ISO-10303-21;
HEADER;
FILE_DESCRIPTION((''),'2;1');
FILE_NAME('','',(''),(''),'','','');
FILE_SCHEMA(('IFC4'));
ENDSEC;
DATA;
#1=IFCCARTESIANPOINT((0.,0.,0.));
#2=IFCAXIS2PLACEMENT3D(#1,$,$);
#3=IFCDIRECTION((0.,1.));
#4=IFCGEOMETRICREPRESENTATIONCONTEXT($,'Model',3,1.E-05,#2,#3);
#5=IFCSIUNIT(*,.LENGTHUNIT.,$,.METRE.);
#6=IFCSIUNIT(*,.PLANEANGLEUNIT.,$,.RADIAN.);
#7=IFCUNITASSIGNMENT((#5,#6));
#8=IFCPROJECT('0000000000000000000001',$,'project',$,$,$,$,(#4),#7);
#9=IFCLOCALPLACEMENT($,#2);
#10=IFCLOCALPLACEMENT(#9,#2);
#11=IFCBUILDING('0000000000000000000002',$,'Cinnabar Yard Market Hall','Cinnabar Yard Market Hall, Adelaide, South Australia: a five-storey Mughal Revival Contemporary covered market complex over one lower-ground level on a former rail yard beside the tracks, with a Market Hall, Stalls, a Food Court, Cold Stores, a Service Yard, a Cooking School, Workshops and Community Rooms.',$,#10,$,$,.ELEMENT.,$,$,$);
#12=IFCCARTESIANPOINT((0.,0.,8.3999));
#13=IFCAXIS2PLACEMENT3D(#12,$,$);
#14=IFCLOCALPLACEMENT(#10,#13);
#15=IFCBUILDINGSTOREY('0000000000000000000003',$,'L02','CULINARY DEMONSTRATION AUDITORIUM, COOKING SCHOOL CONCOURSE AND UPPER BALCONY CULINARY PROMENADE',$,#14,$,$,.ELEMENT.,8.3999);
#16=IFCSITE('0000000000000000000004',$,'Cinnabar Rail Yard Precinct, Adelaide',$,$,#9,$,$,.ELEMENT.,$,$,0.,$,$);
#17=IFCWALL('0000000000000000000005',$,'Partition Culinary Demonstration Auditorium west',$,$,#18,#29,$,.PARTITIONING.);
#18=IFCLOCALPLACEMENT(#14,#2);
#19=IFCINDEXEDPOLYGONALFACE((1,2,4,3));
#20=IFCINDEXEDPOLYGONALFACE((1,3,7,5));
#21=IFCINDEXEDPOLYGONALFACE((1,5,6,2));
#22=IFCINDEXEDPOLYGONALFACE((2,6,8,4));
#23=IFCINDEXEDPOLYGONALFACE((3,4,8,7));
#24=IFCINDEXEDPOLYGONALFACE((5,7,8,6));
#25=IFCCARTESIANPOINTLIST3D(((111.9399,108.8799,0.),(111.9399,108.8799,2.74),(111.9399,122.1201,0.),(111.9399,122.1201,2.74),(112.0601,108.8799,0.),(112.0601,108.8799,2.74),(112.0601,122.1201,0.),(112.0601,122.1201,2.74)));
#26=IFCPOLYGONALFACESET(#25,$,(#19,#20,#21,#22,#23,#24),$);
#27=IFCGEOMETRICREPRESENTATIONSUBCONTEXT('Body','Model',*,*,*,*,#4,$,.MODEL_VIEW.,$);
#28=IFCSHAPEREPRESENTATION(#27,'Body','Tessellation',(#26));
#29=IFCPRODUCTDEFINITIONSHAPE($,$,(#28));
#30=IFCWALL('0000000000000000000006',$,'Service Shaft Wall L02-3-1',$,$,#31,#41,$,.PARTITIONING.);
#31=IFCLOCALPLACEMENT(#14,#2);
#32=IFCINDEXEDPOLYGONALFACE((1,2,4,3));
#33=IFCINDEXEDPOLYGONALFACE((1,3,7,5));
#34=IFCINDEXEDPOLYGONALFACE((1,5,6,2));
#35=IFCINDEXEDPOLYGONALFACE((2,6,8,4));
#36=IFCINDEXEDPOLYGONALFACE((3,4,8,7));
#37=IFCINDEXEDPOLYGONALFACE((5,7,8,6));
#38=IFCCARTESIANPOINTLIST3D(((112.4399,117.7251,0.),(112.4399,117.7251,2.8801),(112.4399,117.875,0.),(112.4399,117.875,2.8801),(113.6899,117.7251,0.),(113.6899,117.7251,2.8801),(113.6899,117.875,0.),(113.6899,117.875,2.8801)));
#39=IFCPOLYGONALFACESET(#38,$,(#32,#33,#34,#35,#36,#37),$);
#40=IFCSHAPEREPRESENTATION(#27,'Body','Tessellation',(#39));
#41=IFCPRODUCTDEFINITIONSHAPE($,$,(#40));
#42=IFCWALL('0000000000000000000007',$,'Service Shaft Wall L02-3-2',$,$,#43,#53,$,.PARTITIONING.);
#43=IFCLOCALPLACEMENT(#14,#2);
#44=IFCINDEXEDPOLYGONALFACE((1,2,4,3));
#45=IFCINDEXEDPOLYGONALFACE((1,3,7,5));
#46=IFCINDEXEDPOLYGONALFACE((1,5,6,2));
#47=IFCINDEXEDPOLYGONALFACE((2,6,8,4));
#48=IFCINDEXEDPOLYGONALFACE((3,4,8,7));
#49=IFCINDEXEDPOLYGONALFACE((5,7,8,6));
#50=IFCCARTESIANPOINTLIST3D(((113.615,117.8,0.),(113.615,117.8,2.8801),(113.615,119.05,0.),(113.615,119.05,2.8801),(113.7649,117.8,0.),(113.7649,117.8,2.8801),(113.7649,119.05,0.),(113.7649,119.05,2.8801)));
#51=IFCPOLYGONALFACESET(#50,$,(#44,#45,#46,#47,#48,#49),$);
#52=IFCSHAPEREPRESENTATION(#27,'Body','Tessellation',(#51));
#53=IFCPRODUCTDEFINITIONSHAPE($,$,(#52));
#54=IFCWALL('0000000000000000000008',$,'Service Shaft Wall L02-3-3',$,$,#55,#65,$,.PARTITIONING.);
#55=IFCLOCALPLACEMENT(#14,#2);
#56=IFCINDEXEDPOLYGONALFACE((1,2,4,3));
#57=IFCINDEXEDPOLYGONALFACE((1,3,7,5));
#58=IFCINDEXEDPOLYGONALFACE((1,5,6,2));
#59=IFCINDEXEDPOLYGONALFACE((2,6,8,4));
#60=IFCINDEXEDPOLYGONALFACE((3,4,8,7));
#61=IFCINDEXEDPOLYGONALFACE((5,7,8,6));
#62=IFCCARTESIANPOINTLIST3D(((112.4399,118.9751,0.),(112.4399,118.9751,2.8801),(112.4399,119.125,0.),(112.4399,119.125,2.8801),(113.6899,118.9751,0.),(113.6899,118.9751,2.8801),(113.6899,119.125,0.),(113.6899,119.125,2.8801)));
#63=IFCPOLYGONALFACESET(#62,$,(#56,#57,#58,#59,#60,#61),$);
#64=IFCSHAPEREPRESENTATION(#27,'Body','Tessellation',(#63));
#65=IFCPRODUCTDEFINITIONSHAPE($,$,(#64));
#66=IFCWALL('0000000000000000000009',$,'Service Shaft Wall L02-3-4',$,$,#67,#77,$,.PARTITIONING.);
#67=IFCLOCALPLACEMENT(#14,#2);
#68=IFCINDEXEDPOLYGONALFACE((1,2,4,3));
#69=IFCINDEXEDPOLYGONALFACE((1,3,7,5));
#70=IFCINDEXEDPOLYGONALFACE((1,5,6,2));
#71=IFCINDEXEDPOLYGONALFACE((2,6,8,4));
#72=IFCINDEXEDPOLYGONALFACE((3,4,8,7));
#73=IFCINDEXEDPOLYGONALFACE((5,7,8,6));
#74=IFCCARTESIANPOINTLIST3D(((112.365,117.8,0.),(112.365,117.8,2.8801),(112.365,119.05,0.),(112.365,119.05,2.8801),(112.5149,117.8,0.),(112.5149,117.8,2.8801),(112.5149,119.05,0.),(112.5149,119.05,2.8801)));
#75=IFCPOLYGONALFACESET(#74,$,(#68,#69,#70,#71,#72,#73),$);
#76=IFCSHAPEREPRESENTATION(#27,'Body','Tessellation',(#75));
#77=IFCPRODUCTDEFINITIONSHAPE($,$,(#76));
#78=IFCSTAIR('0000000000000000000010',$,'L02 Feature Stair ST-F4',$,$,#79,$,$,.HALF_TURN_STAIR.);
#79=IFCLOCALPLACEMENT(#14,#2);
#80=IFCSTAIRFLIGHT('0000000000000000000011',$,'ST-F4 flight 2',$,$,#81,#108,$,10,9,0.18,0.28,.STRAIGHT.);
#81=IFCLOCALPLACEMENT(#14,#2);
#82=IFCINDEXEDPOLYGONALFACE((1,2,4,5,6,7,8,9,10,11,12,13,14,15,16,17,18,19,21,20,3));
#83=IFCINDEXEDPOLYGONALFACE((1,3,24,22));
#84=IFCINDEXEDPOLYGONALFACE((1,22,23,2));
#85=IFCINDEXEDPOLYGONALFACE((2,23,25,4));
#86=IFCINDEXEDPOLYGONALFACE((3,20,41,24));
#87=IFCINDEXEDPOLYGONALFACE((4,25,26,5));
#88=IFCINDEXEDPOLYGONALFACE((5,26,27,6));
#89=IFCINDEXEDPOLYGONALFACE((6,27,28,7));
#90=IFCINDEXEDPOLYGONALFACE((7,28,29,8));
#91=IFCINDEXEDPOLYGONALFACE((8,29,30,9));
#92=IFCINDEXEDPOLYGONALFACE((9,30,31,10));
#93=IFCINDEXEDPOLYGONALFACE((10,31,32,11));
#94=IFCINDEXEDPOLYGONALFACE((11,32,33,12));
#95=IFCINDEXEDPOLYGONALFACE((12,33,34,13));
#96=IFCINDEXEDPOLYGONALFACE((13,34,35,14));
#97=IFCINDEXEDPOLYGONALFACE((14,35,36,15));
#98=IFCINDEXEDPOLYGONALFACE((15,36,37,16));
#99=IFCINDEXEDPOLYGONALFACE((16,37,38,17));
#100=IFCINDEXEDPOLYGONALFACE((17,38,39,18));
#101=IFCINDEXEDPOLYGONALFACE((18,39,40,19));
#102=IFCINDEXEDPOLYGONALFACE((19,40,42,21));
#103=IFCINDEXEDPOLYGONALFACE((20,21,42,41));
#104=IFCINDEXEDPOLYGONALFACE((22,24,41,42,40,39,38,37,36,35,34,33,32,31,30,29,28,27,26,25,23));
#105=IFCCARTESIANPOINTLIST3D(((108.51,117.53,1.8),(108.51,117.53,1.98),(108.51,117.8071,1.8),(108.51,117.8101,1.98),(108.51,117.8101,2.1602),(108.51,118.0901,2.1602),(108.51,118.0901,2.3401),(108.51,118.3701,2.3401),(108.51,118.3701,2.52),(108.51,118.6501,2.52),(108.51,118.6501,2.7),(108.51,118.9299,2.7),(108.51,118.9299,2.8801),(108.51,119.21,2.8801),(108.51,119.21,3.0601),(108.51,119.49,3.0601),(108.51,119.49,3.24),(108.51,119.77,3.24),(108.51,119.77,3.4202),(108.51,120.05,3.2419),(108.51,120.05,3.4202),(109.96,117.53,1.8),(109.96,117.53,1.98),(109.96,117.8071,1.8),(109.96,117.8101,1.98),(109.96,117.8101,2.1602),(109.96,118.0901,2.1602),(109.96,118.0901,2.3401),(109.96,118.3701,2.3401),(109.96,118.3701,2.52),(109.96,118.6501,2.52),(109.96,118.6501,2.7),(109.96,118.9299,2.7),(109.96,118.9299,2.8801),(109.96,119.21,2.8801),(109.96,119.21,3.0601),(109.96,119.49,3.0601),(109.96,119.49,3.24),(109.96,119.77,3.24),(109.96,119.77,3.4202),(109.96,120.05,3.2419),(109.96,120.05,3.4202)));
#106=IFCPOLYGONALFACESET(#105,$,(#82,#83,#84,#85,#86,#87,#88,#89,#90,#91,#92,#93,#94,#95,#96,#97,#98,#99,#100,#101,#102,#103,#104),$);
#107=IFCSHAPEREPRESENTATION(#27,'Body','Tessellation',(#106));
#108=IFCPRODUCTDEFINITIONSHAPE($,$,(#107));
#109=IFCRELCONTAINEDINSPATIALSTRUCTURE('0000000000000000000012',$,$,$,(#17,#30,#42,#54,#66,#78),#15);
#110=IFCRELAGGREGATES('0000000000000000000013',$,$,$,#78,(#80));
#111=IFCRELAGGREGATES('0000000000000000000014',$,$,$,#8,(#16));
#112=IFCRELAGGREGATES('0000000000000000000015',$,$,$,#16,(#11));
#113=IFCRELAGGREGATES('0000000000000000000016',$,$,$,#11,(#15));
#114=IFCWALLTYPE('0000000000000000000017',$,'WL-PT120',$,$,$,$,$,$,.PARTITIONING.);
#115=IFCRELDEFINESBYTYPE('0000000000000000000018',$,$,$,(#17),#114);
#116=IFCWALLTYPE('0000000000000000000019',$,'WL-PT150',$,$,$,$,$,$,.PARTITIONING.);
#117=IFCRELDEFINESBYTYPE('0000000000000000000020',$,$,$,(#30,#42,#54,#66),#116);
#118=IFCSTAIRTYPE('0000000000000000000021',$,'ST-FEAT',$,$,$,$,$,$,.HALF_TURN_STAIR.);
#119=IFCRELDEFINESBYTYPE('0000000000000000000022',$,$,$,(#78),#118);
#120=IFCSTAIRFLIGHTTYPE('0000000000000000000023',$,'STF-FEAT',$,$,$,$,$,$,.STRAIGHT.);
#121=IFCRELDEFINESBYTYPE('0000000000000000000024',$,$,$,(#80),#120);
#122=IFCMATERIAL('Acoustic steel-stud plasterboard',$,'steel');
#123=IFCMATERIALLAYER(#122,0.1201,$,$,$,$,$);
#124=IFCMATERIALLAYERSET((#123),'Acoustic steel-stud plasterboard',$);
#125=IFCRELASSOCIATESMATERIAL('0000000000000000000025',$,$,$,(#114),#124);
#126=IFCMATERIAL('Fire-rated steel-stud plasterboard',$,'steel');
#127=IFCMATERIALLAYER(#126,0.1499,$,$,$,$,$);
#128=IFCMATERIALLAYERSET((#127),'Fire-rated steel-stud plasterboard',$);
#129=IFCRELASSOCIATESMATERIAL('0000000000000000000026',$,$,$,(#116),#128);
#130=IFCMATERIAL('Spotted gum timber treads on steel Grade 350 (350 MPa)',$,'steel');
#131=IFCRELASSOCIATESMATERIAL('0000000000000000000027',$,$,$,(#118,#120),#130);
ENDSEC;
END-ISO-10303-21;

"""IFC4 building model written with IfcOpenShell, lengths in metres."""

from ifc_helpers import new_model, si_unit, direction, frame, frame_2d, origin, place, context, subcontext, project, spatial, polyline, rectangle, outline, extrude, material, layer, layer_set, type_object, element, aggregate, save


model = new_model("IFC4")

# Units and contexts
model_context = context("Model", 3, precision=1e-05, world=origin(), true_north=direction((0.0, 1.0)))
body_context = subcontext(model_context, "Body", "Model", "MODEL_VIEW")
ifc_project = project(units=[si_unit("LENGTHUNIT", "METRE"), si_unit("PLANEANGLEUNIT", "RADIAN")], contexts=[model_context])

# Site, building, storey
site_placement = place(None, origin())
site = spatial("IfcSite", under=ifc_project, at=site_placement, Name="Cinnabar Rail Yard Precinct, Adelaide", CompositionType="ELEMENT", RefElevation=0.0)
building_placement = place(site_placement, origin())
building = spatial("IfcBuilding", under=site, at=building_placement, Name="Cinnabar Yard Market Hall", Description="Cinnabar Yard Market Hall, Adelaide, South Australia: a five-storey Mughal Revival Contemporary covered market complex over one lower-ground level on a former rail yard beside the tracks, with a Market Hall, Stalls, a Food Court, Cold Stores, a Service Yard, a Cooking School, Workshops and Community Rooms.", CompositionType="ELEMENT")
storey_placement = place(building_placement, frame((0.0, 0.0, 8.3999)))
storey = spatial("IfcBuildingStorey", under=building, at=storey_placement, Name="L02", Description="CULINARY DEMONSTRATION AUDITORIUM, COOKING SCHOOL CONCOURSE AND UPPER BALCONY CULINARY PROMENADE", CompositionType="ELEMENT", Elevation=8.3999)

# Wall
ifc_material_1 = material(Name="Acoustic steel-stud plasterboard", Category="steel")
ifc_layer_1 = layer(ifc_material_1, 0.1201)
ifc_layer_set_1 = layer_set([ifc_layer_1], Name="Acoustic steel-stud plasterboard")
wall_type_1 = type_object("IfcWallType", Name="WL-PT120", PredefinedType="PARTITIONING", material=ifc_layer_set_1)
wall_1_placement = place(storey_placement, frame((112.0, 122.1201, 0.0), z_axis=(0.0, 0.0, 1.0), x_axis=(0.0, -1.0, 0.0)))
element("IfcWall", 1, at=wall_1_placement, inside=storey, type_object=wall_type_1, Name="Partition Culinary Demonstration Auditorium west", PredefinedType="PARTITIONING", context=body_context, shape_type="SweptSolid", body=[
    extrude(rectangle(XDim=13.2402, YDim=0.1201, at=frame_2d((6.6201, 0.0), x_axis=(1.0, 0.0))), origin(), (0.0, 0.0, 1.0), 2.74),
])

# Shared definitions
ifc_material_2 = material(Name="Fire-rated steel-stud plasterboard", Category="steel")
ifc_layer_2 = layer(ifc_material_2, 0.1499)
ifc_layer_set_2 = layer_set([ifc_layer_2], Name="Fire-rated steel-stud plasterboard")
wall_type_2 = type_object("IfcWallType", Name="WL-PT150", PredefinedType="PARTITIONING", material=ifc_layer_set_2)

# Walls
for number, where, z_axis, x_axis, name in (
    (2, (112.4399, 117.8, 0.0), (0.0, 0.0, 1.0), (1.0, 0.0, 0.0), "Service Shaft Wall L02-3-1"),
    (3, (113.6899, 117.8, 0.0), (0.0, 0.0, 1.0), (0.0, 1.0, 0.0), "Service Shaft Wall L02-3-2"),
    (4, (113.6899, 119.05, 0.0), (0.0, 0.0, 1.0), (-1.0, 0.0, 0.0), "Service Shaft Wall L02-3-3"),
    (5, (112.4399, 119.05, 0.0), (0.0, 0.0, 1.0), (0.0, -1.0, 0.0), "Service Shaft Wall L02-3-4"),
):
    element("IfcWall", number, at=place(storey_placement, frame(where, z_axis=z_axis, x_axis=x_axis)), inside=storey, type_object=wall_type_2, Name=name, PredefinedType="PARTITIONING", context=body_context, shape_type="SweptSolid", body=[
        extrude(rectangle(XDim=1.25, YDim=0.1499, at=frame_2d((0.625, 0.0), x_axis=(1.0, 0.0))), origin(), (0.0, 0.0, 1.0), 2.8801),
    ])

# Stair, stair flight
ifc_material_3 = material(Name="Spotted gum timber treads on steel Grade 350 (350 MPa)", Category="steel")
stair_type = type_object("IfcStairType", Name="ST-FEAT", PredefinedType="HALF_TURN_STAIR", material=ifc_material_3)
stair_placement = place(storey_placement, origin())
stair = element("IfcStair", 6, at=stair_placement, inside=storey, type_object=stair_type, Name="L02 Feature Stair ST-F4", PredefinedType="HALF_TURN_STAIR")
stair_flight_type = type_object("IfcStairFlightType", Name="STF-FEAT", PredefinedType="STRAIGHT", material=ifc_material_3)
stair_flight_placement = place(storey_placement, frame((109.2351, 117.53, 1.8), z_axis=(0.0, 0.0, 1.0), x_axis=(0.0, 1.0, 0.0)))
stair_flight = element("IfcStairFlight", 7, at=stair_flight_placement, type_object=stair_flight_type, Name="ST-F4 flight 2", NumberOfRisers=10, NumberOfTreads=9, PredefinedType="STRAIGHT", RiserHeight=0.18, TreadLength=0.28, context=body_context, shape_type="SweptSolid", body=[
    extrude(outline(polyline([(0.0, 0.0), (0.0, 0.1799), (0.28, 0.1799), (0.28, 0.3601), (0.5601, 0.3601), (0.5601, 0.54), (0.8401, 0.54), (0.8401, 0.72), (1.1201, 0.72), (1.1201, 0.8999), (1.3999, 0.8999), (1.3999, 1.0801), (1.6799, 1.0801), (1.6799, 1.26), (1.96, 1.26), (1.96, 1.4399), (2.24, 1.4399), (2.24, 1.6201), (2.52, 1.6201), (2.52, 1.8), (2.52, 1.4419), (0.2771, 0.0), (0.0, 0.0)])), frame((0.0, 0.7251, 0.0), z_axis=(0.0, -1.0, 0.0), x_axis=(1.0, 0.0, 0.0)), (0.0, 0.0, 1.0), 1.45),
])
aggregate(stair, [stair_flight])

save(model, "model.ifc")
